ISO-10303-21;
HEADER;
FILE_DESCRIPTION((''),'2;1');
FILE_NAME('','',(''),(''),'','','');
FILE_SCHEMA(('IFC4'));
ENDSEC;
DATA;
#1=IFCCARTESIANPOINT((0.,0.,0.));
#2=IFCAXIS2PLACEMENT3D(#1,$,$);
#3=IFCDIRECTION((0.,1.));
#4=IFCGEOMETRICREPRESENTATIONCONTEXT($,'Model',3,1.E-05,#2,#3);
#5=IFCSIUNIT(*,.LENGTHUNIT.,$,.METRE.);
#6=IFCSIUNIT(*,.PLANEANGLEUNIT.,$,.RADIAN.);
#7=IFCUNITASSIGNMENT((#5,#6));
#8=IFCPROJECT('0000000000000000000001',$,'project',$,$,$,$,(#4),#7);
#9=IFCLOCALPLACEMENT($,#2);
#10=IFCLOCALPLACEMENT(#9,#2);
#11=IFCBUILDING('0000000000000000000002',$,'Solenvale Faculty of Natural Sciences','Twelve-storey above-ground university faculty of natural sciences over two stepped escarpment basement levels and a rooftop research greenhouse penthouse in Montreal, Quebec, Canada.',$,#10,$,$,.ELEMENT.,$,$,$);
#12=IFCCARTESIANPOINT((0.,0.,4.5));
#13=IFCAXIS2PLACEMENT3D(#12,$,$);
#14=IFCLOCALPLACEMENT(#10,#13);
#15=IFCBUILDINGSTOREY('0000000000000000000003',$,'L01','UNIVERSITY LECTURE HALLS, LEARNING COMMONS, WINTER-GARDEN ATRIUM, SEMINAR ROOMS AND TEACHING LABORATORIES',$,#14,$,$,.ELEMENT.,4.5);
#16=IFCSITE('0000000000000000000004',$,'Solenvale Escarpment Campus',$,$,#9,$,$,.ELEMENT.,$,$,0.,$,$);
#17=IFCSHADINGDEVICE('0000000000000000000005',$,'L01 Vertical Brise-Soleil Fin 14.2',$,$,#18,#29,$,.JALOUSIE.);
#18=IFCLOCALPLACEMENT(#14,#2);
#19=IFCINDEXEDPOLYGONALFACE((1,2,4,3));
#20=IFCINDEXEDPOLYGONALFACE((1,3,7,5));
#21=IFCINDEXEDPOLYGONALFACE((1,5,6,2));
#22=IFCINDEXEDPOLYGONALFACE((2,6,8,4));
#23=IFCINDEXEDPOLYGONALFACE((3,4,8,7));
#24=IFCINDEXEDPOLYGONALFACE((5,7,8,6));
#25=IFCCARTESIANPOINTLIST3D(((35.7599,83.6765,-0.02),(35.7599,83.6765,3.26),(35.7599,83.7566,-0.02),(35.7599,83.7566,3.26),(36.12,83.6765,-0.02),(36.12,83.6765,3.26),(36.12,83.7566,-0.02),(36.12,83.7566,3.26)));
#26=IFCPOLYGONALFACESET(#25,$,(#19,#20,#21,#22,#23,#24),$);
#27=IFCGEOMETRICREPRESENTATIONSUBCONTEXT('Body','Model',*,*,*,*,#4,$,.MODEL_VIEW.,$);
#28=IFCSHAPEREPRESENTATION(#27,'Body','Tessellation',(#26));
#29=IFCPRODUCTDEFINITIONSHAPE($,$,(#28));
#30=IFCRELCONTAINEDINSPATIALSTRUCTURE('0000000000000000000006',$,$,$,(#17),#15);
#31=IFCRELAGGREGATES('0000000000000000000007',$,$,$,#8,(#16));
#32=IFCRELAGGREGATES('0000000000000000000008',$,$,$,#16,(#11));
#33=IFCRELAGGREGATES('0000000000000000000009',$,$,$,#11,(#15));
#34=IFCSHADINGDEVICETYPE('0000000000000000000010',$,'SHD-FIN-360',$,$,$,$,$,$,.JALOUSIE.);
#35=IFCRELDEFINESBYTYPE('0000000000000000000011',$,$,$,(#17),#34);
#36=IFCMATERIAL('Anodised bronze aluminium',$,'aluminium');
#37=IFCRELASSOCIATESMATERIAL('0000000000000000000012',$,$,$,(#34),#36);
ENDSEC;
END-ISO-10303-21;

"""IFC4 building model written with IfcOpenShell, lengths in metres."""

from ifc_helpers import new_model, si_unit, direction, frame, origin, origin_2d, place, context, subcontext, project, spatial, rectangle, extrude, material, material_profile, profile_set, type_object, element, save


model = new_model("IFC4")

# Units and contexts
model_context = context("Model", 3, precision=1e-05, world=origin(), true_north=direction((0.0, 1.0)))
body_context = subcontext(model_context, "Body", "Model", "MODEL_VIEW")
ifc_project = project(units=[si_unit("LENGTHUNIT", "METRE"), si_unit("PLANEANGLEUNIT", "RADIAN")], contexts=[model_context])

# Site, building, storey
site_placement = place(None, origin())
site = spatial("IfcSite", under=ifc_project, at=site_placement, Name="Solenvale Escarpment Campus", CompositionType="ELEMENT", RefElevation=0.0)
building_placement = place(site_placement, origin())
building = spatial("IfcBuilding", under=site, at=building_placement, Name="Solenvale Faculty of Natural Sciences", Description="Twelve-storey above-ground university faculty of natural sciences over two stepped escarpment basement levels and a rooftop research greenhouse penthouse in Montreal, Quebec, Canada.", CompositionType="ELEMENT")
storey_placement = place(building_placement, frame((0.0, 0.0, 4.5)))
storey = spatial("IfcBuildingStorey", under=building, at=storey_placement, Name="L01", Description="UNIVERSITY LECTURE HALLS, LEARNING COMMONS, WINTER-GARDEN ATRIUM, SEMINAR ROOMS AND TEACHING LABORATORIES", CompositionType="ELEMENT", Elevation=4.5)

# Shared definitions
ifc_material_1 = material(Name="Anodised bronze aluminium", Category="aluminium")

# Shading device
ifc_material_profile_1 = material_profile(ifc_material_1, rectangle(XDim=0.0801, YDim=0.3601, at=origin_2d()), Name="ALU-FIN-80x360")
ifc_profile_set_1 = profile_set([ifc_material_profile_1], Name="Anodised bronze aluminium")
shading_device_type = type_object("IfcShadingDeviceType", Name="SHD-FIN-360", PredefinedType="JALOUSIE", material=ifc_profile_set_1)
shading_device_placement = place(storey_placement, frame((35.9399, 83.7166, -0.02), z_axis=(0.0, 0.0, 1.0), x_axis=(0.0, 1.0, 0.0)))
element("IfcShadingDevice", 1, at=shading_device_placement, inside=storey, type_object=shading_device_type, Name="L01 Vertical Brise-Soleil Fin 14.2", PredefinedType="JALOUSIE", context=body_context, shape_type="SweptSolid", body=[
    extrude(rectangle(XDim=0.0801, YDim=0.3601, at=origin_2d()), origin(), (0.0, 0.0, 1.0), 3.28),
])

save(model, "model.ifc")
